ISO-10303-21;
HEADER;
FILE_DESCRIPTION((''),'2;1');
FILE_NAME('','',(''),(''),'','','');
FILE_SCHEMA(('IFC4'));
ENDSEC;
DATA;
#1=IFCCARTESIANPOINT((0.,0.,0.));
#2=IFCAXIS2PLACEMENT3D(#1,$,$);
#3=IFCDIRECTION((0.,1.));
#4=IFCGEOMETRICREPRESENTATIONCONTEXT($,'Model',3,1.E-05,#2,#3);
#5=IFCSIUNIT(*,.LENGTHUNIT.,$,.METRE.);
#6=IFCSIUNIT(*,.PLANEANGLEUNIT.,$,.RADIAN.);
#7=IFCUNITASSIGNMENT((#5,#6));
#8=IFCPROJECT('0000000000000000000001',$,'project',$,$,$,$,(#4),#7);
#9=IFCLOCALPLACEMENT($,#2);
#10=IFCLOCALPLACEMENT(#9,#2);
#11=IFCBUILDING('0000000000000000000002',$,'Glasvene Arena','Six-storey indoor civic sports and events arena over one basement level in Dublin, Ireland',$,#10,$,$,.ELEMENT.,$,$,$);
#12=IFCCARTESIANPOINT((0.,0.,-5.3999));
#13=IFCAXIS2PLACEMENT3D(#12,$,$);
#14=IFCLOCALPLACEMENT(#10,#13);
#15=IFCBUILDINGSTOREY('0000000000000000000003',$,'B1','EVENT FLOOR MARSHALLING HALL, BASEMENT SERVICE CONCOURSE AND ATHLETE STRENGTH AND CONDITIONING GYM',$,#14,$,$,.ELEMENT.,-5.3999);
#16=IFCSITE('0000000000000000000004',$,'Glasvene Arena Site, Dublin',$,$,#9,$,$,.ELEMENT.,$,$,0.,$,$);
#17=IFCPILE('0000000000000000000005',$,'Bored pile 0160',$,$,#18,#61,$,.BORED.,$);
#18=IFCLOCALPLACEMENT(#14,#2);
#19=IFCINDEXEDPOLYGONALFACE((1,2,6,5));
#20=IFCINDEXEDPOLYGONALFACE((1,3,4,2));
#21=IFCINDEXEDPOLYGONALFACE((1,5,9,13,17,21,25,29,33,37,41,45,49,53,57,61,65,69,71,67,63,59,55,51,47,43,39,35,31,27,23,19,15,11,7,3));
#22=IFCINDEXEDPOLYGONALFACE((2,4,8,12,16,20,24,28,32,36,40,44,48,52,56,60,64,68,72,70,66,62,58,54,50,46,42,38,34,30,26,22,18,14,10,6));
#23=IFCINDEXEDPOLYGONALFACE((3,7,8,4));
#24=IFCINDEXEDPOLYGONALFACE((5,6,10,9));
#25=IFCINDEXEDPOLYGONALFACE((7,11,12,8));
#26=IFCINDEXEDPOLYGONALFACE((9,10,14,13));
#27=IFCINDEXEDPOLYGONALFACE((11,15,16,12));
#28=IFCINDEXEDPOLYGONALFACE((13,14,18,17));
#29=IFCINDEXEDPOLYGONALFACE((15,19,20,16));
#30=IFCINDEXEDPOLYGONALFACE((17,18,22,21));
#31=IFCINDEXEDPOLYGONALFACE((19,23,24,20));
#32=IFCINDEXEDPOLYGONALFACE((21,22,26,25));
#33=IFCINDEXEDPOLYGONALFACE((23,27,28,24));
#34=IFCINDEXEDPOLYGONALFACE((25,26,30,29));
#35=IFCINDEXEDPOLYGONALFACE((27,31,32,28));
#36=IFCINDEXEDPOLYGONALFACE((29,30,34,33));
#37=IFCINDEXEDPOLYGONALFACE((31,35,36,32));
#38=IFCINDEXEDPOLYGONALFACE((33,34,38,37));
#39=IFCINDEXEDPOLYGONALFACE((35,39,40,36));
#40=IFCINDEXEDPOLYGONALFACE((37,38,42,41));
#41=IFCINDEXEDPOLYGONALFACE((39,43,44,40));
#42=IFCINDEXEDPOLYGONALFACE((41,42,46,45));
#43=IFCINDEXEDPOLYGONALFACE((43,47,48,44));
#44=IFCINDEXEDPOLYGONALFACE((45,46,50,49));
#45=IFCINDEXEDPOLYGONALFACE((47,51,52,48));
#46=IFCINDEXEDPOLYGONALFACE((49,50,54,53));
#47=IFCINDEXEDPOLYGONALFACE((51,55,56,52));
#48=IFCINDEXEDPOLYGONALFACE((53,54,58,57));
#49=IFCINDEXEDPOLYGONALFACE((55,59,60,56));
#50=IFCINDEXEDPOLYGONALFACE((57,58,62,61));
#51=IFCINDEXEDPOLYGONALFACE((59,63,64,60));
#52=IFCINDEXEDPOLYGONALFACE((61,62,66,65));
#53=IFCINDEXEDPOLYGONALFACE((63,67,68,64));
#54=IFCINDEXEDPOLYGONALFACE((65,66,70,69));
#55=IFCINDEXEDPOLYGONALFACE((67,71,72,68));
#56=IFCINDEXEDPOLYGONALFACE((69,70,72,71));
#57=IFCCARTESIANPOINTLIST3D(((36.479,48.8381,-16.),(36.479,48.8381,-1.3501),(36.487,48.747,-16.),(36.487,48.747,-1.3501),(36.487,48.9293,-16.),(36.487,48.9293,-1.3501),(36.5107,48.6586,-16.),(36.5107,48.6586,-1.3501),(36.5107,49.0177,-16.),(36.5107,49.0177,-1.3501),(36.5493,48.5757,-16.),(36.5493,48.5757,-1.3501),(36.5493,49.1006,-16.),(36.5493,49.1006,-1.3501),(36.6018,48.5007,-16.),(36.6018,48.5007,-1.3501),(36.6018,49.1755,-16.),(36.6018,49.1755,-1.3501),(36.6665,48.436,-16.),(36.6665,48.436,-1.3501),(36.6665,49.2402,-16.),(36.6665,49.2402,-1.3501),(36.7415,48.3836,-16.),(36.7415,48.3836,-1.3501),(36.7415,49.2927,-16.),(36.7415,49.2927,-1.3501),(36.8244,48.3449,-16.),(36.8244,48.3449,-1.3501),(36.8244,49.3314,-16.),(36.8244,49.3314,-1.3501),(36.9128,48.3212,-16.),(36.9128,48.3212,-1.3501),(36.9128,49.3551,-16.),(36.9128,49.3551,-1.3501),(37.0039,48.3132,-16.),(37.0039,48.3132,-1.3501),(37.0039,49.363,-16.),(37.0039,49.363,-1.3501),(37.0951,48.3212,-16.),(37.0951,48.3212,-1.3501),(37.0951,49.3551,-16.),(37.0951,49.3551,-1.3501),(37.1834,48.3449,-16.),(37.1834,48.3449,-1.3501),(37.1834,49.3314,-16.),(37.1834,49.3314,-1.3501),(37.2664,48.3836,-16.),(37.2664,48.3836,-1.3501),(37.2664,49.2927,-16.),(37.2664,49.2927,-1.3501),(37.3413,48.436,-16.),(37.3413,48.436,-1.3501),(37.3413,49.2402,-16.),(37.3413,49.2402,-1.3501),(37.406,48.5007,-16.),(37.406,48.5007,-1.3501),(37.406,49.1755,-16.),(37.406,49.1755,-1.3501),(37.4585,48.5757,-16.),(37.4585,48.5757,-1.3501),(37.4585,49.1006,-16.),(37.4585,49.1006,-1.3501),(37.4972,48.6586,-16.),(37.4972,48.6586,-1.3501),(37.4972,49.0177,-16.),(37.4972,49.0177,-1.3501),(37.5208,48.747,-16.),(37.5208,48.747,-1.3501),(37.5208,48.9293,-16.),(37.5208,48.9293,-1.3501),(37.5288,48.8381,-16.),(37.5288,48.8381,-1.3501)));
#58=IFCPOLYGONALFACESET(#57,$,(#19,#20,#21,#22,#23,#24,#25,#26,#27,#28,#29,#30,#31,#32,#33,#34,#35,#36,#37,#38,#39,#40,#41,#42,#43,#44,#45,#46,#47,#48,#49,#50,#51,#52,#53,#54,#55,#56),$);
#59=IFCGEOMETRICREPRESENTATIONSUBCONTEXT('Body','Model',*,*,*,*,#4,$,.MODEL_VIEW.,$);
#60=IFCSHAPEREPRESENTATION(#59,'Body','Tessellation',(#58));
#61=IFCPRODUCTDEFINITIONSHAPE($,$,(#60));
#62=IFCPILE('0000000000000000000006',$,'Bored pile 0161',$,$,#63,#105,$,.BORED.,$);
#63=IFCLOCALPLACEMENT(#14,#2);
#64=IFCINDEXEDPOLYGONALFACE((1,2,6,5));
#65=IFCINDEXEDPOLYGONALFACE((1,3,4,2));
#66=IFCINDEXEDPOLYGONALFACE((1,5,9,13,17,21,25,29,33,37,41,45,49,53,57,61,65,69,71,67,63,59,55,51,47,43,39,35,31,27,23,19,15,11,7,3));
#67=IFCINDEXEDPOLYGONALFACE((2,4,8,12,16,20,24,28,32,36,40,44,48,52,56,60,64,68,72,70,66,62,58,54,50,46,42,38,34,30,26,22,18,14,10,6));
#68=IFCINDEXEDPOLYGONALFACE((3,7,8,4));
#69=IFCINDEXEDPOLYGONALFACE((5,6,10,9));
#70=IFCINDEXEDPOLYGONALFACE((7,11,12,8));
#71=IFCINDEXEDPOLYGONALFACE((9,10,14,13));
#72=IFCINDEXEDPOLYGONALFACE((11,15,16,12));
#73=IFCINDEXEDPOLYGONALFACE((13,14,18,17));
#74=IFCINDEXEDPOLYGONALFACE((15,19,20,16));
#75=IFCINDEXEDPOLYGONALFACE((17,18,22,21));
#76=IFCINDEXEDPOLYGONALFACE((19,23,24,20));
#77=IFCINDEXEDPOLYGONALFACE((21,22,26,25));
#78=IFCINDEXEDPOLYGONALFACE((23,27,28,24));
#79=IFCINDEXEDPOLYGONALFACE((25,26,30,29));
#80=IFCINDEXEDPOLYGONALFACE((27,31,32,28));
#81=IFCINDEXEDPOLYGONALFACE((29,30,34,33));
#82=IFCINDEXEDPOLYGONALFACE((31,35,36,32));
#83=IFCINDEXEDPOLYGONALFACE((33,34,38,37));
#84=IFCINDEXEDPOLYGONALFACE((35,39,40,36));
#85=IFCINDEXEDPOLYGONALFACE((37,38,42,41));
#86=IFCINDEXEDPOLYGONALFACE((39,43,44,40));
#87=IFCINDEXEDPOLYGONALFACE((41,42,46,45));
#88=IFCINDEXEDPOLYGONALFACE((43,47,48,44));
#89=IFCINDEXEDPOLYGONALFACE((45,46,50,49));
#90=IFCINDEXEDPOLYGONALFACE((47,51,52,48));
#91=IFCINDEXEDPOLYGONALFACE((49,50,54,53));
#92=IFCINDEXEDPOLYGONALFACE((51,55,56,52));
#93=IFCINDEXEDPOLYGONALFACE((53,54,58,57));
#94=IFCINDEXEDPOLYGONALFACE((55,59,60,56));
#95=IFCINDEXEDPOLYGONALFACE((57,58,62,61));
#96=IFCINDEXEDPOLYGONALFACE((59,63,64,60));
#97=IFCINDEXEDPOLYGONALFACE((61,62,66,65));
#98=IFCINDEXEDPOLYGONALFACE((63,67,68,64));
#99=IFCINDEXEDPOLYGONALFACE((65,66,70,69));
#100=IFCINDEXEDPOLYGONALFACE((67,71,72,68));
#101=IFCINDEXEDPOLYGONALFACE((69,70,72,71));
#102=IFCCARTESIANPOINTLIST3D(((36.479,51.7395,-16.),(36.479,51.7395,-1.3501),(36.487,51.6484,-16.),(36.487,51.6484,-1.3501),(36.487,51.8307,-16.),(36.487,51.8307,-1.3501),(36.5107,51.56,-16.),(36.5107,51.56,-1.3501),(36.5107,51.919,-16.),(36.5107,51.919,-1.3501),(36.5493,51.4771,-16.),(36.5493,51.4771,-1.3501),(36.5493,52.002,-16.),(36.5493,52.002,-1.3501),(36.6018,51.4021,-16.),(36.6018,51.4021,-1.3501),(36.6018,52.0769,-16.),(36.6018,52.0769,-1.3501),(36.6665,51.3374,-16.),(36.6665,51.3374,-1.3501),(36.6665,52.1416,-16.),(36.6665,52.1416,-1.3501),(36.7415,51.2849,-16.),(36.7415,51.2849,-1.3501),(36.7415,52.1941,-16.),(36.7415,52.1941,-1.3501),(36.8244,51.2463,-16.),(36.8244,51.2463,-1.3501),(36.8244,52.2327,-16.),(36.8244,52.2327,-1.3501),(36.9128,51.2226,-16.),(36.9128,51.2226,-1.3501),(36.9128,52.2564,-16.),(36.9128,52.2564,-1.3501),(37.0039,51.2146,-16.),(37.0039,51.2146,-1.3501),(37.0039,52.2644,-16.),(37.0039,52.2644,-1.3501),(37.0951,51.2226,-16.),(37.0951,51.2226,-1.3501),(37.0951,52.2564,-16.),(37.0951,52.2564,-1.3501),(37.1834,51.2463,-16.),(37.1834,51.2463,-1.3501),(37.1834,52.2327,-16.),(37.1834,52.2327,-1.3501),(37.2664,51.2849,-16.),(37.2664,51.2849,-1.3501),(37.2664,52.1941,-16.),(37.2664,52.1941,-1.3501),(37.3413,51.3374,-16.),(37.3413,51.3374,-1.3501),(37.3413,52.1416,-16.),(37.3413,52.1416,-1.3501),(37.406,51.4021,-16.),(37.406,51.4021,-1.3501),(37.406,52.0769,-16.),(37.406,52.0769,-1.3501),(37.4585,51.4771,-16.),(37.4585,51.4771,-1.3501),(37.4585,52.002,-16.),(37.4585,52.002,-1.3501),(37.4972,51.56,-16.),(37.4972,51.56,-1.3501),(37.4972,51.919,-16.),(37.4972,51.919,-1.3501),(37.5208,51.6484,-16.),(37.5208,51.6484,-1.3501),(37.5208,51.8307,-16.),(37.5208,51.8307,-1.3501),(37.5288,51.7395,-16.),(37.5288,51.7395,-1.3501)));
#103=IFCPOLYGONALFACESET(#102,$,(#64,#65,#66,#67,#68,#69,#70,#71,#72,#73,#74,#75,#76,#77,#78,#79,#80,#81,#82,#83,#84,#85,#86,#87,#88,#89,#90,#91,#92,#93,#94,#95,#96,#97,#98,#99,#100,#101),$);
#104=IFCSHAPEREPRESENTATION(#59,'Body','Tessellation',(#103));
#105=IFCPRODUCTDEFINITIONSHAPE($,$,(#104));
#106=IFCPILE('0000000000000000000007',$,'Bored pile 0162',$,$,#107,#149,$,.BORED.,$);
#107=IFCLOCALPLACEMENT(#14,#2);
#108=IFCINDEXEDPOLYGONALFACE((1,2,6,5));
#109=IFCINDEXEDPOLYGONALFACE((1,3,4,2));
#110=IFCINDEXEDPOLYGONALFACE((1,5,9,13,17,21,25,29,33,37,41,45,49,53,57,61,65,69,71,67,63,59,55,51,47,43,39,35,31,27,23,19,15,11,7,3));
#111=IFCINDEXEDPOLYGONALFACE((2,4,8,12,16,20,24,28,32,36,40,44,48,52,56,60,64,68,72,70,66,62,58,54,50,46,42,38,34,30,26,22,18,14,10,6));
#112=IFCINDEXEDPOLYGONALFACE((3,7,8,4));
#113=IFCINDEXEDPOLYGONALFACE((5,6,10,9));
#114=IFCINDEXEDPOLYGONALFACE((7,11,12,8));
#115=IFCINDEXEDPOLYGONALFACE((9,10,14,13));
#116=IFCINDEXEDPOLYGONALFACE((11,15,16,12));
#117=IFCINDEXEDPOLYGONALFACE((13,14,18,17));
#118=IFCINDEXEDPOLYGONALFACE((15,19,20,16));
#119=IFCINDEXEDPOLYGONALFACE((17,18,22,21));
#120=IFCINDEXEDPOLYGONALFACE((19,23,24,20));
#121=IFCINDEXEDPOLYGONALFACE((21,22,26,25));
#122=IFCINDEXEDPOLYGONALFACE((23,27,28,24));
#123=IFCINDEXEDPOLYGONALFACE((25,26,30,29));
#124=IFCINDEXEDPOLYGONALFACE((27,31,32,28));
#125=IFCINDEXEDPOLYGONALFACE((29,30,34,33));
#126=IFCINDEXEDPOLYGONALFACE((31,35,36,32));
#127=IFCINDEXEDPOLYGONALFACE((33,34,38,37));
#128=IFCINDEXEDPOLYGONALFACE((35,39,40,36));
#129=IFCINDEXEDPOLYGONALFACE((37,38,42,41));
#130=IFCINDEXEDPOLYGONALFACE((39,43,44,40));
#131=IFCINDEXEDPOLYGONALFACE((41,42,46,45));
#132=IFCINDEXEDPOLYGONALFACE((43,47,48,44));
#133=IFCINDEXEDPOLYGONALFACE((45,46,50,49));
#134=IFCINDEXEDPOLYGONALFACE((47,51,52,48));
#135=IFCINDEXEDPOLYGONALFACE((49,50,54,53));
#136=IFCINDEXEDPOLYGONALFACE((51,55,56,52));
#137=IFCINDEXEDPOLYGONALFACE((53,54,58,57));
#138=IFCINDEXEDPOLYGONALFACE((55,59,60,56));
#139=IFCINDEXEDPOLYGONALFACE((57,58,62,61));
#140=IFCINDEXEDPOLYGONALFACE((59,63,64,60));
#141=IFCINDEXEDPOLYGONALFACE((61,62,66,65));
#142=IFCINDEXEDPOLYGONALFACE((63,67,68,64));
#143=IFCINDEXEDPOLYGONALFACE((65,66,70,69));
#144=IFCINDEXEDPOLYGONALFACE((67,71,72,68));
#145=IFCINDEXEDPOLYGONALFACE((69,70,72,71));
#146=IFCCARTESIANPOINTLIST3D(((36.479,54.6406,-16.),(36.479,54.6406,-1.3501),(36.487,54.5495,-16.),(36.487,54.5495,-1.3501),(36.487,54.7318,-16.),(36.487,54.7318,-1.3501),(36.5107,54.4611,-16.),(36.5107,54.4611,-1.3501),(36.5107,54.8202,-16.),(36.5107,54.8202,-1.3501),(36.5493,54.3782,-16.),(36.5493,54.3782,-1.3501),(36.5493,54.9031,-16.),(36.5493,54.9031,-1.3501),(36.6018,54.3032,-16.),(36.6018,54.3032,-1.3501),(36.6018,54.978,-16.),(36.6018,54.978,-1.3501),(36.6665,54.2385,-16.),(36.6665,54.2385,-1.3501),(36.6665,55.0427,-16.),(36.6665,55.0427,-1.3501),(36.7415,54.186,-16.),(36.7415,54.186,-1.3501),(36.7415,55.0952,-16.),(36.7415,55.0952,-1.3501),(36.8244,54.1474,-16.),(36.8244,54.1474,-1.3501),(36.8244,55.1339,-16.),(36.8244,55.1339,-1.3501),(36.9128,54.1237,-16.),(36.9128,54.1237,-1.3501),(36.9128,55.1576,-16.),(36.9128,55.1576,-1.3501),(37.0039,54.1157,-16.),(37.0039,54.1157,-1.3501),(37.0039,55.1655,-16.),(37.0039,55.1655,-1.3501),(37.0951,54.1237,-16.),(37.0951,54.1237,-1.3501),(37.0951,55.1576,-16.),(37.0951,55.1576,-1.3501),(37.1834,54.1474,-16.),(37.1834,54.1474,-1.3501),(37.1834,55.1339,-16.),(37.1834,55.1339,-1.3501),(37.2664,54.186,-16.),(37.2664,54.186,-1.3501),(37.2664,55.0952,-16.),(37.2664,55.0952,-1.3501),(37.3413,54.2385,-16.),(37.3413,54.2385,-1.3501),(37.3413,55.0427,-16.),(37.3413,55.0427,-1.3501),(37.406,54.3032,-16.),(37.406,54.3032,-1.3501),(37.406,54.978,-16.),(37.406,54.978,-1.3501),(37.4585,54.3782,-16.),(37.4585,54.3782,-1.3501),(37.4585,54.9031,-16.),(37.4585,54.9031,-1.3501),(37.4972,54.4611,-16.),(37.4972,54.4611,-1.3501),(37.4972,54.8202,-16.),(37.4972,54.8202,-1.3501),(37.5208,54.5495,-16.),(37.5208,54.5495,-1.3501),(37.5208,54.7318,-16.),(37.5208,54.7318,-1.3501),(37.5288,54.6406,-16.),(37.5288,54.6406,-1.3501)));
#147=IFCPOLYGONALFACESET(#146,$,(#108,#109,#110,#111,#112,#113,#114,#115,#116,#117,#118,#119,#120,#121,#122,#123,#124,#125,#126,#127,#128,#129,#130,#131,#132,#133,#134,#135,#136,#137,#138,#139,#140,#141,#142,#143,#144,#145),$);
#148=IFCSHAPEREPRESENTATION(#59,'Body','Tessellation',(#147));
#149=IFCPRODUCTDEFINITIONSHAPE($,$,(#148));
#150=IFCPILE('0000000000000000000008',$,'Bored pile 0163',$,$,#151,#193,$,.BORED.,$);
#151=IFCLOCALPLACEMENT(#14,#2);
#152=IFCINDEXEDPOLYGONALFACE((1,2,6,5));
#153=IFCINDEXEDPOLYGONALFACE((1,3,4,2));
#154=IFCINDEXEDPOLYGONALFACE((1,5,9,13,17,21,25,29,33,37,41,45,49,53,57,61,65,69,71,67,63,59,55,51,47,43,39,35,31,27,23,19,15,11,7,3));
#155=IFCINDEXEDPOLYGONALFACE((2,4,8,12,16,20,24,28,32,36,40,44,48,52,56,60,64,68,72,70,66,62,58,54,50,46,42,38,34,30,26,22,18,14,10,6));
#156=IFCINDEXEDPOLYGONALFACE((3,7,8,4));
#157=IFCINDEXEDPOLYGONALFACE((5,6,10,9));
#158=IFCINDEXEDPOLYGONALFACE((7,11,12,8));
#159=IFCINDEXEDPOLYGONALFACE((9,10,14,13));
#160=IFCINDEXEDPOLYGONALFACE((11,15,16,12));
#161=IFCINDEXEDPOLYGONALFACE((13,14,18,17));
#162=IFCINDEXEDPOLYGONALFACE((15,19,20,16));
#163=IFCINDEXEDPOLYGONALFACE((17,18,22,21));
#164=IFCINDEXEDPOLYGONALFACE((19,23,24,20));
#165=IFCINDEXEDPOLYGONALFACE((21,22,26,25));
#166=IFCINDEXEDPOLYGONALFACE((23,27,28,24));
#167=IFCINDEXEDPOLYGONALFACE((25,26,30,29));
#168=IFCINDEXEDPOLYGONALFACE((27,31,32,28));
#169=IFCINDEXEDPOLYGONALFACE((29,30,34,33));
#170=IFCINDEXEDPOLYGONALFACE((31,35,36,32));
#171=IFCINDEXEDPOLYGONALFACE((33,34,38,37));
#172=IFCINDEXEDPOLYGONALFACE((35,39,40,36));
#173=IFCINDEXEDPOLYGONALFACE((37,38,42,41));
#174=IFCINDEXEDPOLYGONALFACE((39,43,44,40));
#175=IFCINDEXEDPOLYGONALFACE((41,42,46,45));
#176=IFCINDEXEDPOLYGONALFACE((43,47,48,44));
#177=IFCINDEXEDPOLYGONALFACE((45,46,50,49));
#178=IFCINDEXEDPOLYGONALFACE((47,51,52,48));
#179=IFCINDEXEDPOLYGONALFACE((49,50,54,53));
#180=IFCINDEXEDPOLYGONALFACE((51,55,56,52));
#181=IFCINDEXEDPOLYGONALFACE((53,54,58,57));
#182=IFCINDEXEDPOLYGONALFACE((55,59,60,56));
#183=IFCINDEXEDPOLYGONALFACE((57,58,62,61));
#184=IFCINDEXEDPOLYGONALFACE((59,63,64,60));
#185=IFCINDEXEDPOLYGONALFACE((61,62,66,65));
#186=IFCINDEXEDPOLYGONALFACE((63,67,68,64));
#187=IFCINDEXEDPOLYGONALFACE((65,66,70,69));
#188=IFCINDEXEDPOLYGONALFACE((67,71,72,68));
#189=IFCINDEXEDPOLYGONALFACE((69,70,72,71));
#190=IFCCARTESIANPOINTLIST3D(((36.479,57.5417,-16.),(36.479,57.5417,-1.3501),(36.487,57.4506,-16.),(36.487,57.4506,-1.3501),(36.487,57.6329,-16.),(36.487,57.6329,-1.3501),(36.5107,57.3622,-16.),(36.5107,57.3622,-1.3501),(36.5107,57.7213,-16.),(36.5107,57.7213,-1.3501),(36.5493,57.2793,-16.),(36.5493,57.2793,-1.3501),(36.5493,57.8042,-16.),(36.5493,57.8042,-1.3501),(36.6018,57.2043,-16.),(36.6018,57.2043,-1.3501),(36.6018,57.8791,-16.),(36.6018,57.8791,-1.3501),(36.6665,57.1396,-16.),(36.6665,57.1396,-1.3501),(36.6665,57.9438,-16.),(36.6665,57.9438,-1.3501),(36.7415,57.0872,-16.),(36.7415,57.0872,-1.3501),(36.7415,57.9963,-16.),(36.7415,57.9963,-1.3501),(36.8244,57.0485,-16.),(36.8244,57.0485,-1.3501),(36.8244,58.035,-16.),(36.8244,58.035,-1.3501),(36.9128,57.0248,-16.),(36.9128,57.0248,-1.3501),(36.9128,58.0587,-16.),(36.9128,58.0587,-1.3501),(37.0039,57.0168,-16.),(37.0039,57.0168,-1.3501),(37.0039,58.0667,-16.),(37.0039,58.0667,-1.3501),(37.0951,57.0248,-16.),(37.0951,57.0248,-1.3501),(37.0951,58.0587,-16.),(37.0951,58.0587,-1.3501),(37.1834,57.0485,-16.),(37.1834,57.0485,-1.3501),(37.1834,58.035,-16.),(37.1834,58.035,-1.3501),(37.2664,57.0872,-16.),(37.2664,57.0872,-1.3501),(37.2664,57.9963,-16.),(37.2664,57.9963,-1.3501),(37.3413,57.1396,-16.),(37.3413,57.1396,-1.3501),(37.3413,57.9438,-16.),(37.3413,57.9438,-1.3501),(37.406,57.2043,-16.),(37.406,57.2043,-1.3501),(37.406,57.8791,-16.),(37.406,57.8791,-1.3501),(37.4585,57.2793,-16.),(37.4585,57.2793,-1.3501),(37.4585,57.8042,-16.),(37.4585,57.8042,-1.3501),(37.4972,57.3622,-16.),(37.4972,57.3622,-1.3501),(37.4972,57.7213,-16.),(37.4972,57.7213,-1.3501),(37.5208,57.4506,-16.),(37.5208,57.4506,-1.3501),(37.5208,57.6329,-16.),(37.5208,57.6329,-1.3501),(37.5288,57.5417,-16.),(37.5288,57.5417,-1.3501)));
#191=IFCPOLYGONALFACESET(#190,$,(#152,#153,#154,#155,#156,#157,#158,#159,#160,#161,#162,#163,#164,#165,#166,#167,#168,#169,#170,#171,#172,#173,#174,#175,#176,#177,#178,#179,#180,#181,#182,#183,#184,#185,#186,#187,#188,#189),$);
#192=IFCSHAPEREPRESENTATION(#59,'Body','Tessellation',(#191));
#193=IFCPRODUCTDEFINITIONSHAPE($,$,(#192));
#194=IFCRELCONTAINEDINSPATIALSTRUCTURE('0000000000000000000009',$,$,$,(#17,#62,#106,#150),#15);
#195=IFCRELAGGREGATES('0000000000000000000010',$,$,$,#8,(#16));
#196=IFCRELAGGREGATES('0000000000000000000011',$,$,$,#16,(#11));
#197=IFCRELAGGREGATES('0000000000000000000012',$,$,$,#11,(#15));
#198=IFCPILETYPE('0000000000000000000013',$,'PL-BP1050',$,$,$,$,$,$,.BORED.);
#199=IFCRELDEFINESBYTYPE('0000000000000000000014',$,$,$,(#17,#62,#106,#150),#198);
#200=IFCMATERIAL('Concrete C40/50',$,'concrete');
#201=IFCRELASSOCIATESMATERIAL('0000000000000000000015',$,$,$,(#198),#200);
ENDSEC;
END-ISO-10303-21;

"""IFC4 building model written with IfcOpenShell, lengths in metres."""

from ifc_helpers import new_model, si_unit, direction, frame, origin, origin_2d, place, context, subcontext, project, spatial, circle, extrude, material, material_profile, profile_set, type_object, element, save


model = new_model("IFC4")

# Units and contexts
model_context = context("Model", 3, precision=1e-05, world=origin(), true_north=direction((0.0, 1.0)))
body_context = subcontext(model_context, "Body", "Model", "MODEL_VIEW")
ifc_project = project(units=[si_unit("LENGTHUNIT", "METRE"), si_unit("PLANEANGLEUNIT", "RADIAN")], contexts=[model_context])

# Site, building, storey
site_placement = place(None, origin())
site = spatial("IfcSite", under=ifc_project, at=site_placement, Name="Glasvene Arena Site, Dublin", CompositionType="ELEMENT", RefElevation=0.0)
building_placement = place(site_placement, origin())
building = spatial("IfcBuilding", under=site, at=building_placement, Name="Glasvene Arena", Description="Six-storey indoor civic sports and events arena over one basement level in Dublin, Ireland", CompositionType="ELEMENT")
storey_placement = place(building_placement, frame((0.0, 0.0, -5.3999)))
storey = spatial("IfcBuildingStorey", under=building, at=storey_placement, Name="B1", Description="EVENT FLOOR MARSHALLING HALL, BASEMENT SERVICE CONCOURSE AND ATHLETE STRENGTH AND CONDITIONING GYM", CompositionType="ELEMENT", Elevation=-5.3999)

# Piles
ifc_material_1 = material(Name="Concrete C40/50", Category="concrete")
ifc_material_profile_1 = material_profile(ifc_material_1, circle(Radius=0.5249, at=origin_2d()), Name="BORED PILE 1050")
ifc_profile_set_1 = profile_set([ifc_material_profile_1], Name="Concrete C40/50")
pile_type = type_object("IfcPileType", Name="PL-BP1050", PredefinedType="BORED", material=ifc_profile_set_1)
for number, where, z_axis, x_axis, name in (
    (1, (37.0039, 48.8381, -1.3501), (0.0, 0.0, -1.0), (1.0, 0.0, 0.0), "Bored pile 0160"),
    (2, (37.0039, 51.7395, -1.3501), (0.0, 0.0, -1.0), (1.0, 0.0, 0.0), "Bored pile 0161"),
    (3, (37.0039, 54.6406, -1.3501), (0.0, 0.0, -1.0), (1.0, 0.0, 0.0), "Bored pile 0162"),
    (4, (37.0039, 57.5417, -1.3501), (0.0, 0.0, -1.0), (1.0, 0.0, 0.0), "Bored pile 0163"),
):
    element("IfcPile", number, at=place(storey_placement, frame(where, z_axis=z_axis, x_axis=x_axis)), inside=storey, type_object=pile_type, Name=name, PredefinedType="BORED", context=body_context, shape_type="SweptSolid", body=[
        extrude(circle(Radius=0.5249, at=origin_2d()), origin(), (0.0, 0.0, 1.0), 14.6499),
    ])

save(model, "model.ifc")
